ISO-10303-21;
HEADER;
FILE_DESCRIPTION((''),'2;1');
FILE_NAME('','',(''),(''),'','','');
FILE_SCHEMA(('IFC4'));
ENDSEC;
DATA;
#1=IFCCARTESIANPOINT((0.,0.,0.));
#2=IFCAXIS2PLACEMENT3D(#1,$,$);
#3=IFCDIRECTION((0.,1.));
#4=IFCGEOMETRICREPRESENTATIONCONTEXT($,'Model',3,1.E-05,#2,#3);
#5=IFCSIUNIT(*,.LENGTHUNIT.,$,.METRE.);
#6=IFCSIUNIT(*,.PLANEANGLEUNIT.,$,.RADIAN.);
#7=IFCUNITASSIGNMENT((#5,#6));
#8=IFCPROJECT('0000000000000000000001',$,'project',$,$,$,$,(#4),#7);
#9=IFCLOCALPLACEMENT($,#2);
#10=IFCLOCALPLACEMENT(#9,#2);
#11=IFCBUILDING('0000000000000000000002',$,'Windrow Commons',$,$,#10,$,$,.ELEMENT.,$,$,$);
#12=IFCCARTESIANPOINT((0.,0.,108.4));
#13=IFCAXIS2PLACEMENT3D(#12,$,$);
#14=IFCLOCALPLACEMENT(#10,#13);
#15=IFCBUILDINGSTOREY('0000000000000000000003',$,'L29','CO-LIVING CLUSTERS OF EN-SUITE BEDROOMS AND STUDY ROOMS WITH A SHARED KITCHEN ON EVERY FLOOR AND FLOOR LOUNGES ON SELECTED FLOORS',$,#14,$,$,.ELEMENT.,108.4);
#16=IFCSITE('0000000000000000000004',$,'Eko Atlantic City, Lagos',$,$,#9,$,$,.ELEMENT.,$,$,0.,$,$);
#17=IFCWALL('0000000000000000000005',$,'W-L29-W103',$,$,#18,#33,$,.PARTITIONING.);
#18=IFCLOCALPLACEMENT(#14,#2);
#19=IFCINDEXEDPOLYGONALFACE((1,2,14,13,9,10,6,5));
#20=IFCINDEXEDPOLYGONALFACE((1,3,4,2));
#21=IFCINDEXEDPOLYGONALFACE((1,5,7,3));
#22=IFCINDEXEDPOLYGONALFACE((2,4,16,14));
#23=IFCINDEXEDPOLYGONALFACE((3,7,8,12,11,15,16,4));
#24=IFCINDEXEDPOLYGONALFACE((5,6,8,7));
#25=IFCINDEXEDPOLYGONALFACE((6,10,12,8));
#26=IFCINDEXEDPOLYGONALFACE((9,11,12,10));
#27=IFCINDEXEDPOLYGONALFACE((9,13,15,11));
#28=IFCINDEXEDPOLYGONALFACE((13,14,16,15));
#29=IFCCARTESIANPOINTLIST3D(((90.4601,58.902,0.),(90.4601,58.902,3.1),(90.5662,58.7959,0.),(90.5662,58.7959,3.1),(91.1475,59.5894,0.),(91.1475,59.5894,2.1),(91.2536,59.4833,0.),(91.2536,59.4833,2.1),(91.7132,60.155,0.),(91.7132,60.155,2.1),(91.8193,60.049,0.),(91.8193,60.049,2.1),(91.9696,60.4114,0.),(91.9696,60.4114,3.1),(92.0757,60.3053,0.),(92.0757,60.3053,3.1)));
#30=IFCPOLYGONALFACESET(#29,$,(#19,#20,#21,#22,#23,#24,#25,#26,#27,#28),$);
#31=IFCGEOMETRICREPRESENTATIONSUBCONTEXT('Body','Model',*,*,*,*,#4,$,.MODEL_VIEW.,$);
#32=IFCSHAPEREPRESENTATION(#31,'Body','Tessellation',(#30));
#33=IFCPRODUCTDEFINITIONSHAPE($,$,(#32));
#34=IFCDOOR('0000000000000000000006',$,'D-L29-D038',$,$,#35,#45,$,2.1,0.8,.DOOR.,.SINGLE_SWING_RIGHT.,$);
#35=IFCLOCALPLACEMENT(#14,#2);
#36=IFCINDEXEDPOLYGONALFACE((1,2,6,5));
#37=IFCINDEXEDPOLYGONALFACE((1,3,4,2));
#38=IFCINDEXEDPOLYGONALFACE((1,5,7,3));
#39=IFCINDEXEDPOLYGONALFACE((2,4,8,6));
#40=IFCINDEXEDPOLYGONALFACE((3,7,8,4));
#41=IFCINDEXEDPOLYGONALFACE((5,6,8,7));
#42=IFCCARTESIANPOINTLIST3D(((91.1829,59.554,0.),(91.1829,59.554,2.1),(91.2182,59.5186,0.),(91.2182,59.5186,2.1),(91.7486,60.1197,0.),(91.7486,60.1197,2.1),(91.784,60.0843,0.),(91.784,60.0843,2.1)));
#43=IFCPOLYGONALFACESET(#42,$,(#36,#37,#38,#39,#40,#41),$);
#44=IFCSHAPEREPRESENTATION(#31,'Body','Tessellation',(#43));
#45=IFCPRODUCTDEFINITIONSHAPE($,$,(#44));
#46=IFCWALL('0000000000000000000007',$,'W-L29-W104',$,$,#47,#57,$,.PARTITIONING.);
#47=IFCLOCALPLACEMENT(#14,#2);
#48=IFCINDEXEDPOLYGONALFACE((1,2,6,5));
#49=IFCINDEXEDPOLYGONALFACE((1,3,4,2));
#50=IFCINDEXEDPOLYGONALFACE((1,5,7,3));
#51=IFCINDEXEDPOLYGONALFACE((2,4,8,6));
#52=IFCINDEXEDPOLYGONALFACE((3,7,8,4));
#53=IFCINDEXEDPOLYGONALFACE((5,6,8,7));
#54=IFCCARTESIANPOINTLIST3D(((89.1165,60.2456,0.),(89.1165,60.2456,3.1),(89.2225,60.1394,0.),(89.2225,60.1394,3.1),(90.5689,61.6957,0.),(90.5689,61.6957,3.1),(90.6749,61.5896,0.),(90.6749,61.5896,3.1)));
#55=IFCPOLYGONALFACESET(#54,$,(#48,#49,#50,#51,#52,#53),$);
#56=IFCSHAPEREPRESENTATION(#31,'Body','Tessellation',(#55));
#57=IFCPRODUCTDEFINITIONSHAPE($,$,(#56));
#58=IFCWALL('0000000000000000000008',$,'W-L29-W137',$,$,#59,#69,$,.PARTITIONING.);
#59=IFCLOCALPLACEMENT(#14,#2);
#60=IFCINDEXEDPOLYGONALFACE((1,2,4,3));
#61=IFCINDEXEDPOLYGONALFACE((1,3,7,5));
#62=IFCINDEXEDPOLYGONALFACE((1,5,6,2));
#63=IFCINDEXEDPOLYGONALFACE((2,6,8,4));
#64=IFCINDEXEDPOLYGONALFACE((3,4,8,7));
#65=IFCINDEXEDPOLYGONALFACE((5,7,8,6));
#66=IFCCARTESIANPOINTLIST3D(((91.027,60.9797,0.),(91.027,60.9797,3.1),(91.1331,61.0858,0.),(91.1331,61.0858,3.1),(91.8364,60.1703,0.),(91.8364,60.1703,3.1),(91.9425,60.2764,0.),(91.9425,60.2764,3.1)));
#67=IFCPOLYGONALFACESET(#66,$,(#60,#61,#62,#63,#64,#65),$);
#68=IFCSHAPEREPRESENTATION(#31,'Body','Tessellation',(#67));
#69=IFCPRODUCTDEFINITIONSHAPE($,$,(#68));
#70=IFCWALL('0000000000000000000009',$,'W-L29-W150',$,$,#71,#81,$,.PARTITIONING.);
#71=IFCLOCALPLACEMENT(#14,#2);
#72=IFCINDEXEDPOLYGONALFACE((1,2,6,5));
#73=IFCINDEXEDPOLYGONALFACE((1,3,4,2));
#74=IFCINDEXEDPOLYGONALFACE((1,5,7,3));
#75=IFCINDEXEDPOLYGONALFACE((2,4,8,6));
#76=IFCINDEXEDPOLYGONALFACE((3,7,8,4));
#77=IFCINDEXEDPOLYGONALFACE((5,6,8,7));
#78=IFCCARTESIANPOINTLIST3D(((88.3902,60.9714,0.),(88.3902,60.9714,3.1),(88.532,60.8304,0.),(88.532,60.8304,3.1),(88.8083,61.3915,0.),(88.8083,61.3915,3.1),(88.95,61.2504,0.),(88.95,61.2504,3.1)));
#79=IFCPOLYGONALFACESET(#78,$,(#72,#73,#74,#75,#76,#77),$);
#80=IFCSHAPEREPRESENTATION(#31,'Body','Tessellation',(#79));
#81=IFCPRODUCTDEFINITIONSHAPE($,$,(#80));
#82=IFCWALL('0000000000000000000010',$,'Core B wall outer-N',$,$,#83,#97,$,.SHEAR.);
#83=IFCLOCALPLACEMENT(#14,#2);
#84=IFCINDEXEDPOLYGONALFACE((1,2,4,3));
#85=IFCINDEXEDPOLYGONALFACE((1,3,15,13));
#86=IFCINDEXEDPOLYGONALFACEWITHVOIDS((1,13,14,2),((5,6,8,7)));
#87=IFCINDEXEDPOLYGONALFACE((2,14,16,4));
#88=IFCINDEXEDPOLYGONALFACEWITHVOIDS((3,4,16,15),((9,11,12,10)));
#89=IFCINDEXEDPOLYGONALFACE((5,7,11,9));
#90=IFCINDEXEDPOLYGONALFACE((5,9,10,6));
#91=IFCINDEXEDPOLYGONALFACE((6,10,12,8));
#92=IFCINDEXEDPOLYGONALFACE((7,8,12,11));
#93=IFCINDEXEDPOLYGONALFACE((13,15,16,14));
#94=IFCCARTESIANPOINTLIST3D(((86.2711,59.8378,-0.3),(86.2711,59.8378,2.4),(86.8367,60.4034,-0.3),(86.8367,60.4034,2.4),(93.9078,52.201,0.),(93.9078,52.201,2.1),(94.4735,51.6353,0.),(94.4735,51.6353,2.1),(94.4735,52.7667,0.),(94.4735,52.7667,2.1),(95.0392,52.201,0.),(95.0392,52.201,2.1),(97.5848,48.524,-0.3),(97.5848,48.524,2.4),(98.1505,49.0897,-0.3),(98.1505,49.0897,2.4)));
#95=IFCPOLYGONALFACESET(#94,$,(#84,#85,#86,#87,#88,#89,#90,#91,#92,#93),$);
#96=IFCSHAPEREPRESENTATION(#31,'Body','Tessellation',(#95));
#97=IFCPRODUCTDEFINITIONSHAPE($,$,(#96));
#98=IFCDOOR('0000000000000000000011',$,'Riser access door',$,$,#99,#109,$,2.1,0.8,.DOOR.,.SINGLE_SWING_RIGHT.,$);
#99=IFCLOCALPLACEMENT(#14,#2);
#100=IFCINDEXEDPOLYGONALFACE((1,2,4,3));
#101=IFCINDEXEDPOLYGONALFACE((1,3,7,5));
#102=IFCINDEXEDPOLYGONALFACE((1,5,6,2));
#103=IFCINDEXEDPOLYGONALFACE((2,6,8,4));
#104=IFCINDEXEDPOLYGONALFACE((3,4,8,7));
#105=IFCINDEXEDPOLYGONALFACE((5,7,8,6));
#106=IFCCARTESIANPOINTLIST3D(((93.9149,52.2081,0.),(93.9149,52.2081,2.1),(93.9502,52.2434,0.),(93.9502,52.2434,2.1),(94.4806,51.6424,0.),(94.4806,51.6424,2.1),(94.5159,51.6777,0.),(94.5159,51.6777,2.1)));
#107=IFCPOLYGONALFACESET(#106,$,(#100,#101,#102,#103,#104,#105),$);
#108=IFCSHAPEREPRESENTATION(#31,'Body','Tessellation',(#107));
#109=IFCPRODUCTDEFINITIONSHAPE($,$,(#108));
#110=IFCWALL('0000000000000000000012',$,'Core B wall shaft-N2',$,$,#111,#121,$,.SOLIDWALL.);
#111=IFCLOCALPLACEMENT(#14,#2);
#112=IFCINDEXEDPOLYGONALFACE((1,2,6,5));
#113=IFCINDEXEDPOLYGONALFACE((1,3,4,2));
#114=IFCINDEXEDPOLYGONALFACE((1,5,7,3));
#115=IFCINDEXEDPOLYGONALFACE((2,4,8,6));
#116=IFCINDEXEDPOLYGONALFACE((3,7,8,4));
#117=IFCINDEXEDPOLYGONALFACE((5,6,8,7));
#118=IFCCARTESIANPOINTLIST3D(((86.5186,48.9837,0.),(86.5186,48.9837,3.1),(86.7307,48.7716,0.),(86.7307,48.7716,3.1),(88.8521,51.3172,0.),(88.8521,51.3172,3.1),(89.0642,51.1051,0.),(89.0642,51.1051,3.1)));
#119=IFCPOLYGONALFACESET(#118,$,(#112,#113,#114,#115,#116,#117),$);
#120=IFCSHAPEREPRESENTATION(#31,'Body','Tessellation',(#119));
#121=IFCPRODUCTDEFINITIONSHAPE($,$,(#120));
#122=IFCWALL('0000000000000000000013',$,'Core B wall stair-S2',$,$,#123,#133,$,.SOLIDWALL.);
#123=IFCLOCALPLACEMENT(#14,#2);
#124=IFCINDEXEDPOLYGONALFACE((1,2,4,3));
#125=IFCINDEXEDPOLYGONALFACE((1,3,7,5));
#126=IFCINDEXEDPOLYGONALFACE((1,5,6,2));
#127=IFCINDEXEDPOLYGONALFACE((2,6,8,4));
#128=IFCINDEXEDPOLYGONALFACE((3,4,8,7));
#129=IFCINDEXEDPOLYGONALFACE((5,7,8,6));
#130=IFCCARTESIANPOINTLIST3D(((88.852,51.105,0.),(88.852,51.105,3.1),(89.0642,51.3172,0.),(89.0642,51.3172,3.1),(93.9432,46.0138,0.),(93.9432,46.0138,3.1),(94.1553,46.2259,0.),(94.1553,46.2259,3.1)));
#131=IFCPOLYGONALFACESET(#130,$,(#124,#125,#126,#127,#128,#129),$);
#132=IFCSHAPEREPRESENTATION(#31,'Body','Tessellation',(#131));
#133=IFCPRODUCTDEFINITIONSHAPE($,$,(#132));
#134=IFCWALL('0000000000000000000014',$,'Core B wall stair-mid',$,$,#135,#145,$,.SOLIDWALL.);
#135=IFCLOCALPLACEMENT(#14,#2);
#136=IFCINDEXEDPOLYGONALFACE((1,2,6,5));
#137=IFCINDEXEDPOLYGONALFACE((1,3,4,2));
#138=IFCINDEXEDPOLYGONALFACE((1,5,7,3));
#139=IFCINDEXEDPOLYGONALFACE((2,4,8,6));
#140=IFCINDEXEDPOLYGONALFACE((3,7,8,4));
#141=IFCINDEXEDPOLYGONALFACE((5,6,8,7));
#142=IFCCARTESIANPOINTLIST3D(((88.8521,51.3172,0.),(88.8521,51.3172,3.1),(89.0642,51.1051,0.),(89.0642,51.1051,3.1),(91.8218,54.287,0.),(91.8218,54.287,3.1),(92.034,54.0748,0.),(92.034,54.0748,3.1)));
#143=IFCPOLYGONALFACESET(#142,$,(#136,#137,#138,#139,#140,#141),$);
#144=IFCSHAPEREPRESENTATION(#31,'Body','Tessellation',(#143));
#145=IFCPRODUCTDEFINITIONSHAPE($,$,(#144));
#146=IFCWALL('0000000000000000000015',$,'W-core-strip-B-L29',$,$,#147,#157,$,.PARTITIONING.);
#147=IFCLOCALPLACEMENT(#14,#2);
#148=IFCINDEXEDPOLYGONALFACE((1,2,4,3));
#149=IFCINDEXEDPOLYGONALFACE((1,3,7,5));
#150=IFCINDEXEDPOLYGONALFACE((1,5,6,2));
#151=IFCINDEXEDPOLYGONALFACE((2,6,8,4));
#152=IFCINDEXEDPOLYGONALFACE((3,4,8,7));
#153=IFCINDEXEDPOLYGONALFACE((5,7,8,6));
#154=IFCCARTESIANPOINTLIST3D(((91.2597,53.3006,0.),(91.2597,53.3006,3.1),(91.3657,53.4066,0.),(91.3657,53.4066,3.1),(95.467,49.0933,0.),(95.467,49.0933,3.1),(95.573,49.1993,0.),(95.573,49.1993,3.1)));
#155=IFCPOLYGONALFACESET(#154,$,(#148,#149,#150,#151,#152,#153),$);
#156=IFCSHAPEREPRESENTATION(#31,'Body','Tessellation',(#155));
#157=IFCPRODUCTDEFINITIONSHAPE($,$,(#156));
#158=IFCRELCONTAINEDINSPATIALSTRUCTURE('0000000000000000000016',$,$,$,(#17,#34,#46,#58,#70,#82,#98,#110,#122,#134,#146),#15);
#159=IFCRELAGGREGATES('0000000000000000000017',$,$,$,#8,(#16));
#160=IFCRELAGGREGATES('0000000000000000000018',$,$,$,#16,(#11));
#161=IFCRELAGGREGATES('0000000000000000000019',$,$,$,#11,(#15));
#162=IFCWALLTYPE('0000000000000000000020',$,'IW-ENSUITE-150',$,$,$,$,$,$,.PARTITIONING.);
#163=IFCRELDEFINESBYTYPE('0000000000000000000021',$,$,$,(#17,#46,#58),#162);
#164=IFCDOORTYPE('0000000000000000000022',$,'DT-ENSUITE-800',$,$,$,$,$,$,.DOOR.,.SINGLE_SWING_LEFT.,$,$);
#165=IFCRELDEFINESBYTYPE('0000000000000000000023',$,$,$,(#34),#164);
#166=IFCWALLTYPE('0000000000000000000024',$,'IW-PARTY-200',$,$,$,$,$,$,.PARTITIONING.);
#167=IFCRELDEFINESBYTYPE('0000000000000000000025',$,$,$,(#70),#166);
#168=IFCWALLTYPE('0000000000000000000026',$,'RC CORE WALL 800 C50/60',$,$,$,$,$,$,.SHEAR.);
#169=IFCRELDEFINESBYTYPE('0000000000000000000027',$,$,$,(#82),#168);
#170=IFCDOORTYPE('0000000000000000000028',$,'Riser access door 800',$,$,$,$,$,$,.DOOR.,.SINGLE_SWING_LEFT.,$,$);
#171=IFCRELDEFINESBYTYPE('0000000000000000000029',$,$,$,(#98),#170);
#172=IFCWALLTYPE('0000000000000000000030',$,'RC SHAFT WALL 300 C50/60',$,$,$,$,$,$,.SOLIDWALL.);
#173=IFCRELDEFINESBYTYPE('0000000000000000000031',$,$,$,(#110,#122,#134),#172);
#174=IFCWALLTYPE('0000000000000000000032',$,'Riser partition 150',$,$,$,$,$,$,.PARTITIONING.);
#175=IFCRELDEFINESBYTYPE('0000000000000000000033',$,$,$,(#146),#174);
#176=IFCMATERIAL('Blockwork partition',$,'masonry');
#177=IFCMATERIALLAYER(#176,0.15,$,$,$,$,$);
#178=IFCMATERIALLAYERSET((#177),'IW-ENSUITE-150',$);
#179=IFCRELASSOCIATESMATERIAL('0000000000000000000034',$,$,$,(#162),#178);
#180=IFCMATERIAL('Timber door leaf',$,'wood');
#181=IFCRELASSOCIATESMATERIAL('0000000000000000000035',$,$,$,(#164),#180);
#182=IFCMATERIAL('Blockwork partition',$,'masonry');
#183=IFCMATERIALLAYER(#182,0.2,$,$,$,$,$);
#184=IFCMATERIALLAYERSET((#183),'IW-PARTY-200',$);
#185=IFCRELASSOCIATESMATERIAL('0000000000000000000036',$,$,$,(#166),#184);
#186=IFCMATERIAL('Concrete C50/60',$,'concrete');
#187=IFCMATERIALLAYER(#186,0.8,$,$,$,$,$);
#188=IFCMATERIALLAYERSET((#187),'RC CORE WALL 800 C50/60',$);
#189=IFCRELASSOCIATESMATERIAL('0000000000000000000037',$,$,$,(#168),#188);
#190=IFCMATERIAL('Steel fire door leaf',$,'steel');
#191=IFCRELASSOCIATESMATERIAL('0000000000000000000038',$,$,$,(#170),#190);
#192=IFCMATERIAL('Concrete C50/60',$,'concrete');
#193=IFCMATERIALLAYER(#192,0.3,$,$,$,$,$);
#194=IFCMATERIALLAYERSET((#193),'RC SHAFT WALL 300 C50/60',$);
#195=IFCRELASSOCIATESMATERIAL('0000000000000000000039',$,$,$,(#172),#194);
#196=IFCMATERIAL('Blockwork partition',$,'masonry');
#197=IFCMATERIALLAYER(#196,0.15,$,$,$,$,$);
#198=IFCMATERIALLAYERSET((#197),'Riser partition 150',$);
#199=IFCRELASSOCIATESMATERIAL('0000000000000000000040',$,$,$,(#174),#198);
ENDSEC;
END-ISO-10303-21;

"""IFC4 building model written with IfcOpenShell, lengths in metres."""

from ifc_helpers import new_model, si_unit, direction, frame, frame_2d, origin, place, context, subcontext, project, spatial, rectangle, extrude, material, layer, layer_set, type_object, element, fill, save


model = new_model("IFC4")

# Units and contexts
model_context = context("Model", 3, precision=1e-05, world=origin(), true_north=direction((0.0, 1.0)))
body_context = subcontext(model_context, "Body", "Model", "MODEL_VIEW")
ifc_project = project(units=[si_unit("LENGTHUNIT", "METRE"), si_unit("PLANEANGLEUNIT", "RADIAN")], contexts=[model_context])

# Site, building, storey
site_placement = place(None, origin())
site = spatial("IfcSite", under=ifc_project, at=site_placement, Name="Eko Atlantic City, Lagos", CompositionType="ELEMENT", RefElevation=0.0)
building_placement = place(site_placement, origin())
building = spatial("IfcBuilding", under=site, at=building_placement, Name="Windrow Commons", CompositionType="ELEMENT")
storey_placement = place(building_placement, frame((0.0, 0.0, 108.4)))
storey = spatial("IfcBuildingStorey", under=building, at=storey_placement, Name="L29", Description="CO-LIVING CLUSTERS OF EN-SUITE BEDROOMS AND STUDY ROOMS WITH A SHARED KITCHEN ON EVERY FLOOR AND FLOOR LOUNGES ON SELECTED FLOORS", CompositionType="ELEMENT", Elevation=108.4)

# Wall, opening, door
ifc_material_1 = material(Name="Blockwork partition", Category="masonry")
ifc_layer_1 = layer(ifc_material_1, 0.15)
ifc_layer_set_1 = layer_set([ifc_layer_1], Name="IW-ENSUITE-150")
wall_type_1 = type_object("IfcWallType", Name="IW-ENSUITE-150", PredefinedType="PARTITIONING", material=ifc_layer_set_1)
wall_1_placement = place(storey_placement, frame((90.5131, 58.8489, 0.0), z_axis=(0.0, 0.0, 1.0), x_axis=(0.70713, 0.707083, 0.0)))
wall_1 = element("IfcWall", 1, at=wall_1_placement, inside=storey, type_object=wall_type_1, Name="W-L29-W103", PredefinedType="PARTITIONING", context=body_context, shape_type="SweptSolid", body=[
    extrude(rectangle(XDim=2.1347, YDim=0.15, at=frame_2d((1.0674, 0.0))), origin(), (0.0, 0.0, 1.0), 3.1),
])
opening_1_placement = place(wall_1_placement, frame((0.9722, 0.0, 0.0)))
opening_1 = element("IfcOpeningElement", 2, at=opening_1_placement, cuts=wall_1, PredefinedType="OPENING", context=body_context, shape_type="SweptSolid", body=[
    extrude(rectangle(XDim=0.8, YDim=2.1, at=frame_2d((0.4, 1.05))), frame((0.0, 0.085, 0.0), z_axis=(0.0, -1.0, 0.0), x_axis=(1.0, 0.0, 0.0)), (0.0, 0.0, 1.0), 0.17),
])
ifc_material_2 = material(Name="Timber door leaf", Category="wood")
door_type_1 = type_object("IfcDoorType", Name="DT-ENSUITE-800", OperationType="SINGLE_SWING_LEFT", PredefinedType="DOOR", material=ifc_material_2)
door_1_placement = place(opening_1_placement, origin())
door_1 = element("IfcDoor", 3, at=door_1_placement, inside=storey, type_object=door_type_1, Name="D-L29-D038", OperationType="SINGLE_SWING_RIGHT", OverallHeight=2.1, OverallWidth=0.8, PredefinedType="DOOR", context=body_context, shape_type="SweptSolid", body=[
    extrude(rectangle(XDim=0.8, YDim=2.1, at=frame_2d((0.4, 1.05))), frame((0.0, 0.025, 0.0), z_axis=(0.0, -1.0, 0.0), x_axis=(1.0, 0.0, 0.0)), (0.0, 0.0, 1.0), 0.05),
])
fill(opening_1, door_1)

# Walls
wall_2_placement = place(storey_placement, frame((89.1695, 60.1925, 0.0), z_axis=(0.0, 0.0, 1.0), x_axis=(0.707643, 0.706571, 0.0)))
element("IfcWall", 4, at=wall_2_placement, inside=storey, type_object=wall_type_1, Name="W-L29-W104", PredefinedType="PARTITIONING", context=body_context, shape_type="SweptSolid", body=[
    extrude(rectangle(XDim=2.0524, YDim=0.15, at=frame_2d((1.0262, 0.0))), origin(), (0.0, 0.0, 1.0), 3.1),
])
wall_3_placement = place(storey_placement, frame((91.08, 61.0328, 0.0), z_axis=(0.0, 0.0, 1.0), x_axis=(0.707107, -0.707107, 0.0)))
element("IfcWall", 5, at=wall_3_placement, inside=storey, type_object=wall_type_1, Name="W-L29-W137", PredefinedType="PARTITIONING", context=body_context, shape_type="SweptSolid", body=[
    extrude(rectangle(XDim=1.1447, YDim=0.15, at=frame_2d((0.5724, 0.0))), origin(), (0.0, 0.0, 1.0), 3.1),
])
ifc_material_3 = material(Name="Blockwork partition", Category="masonry")
ifc_layer_2 = layer(ifc_material_3, 0.2)
ifc_layer_set_2 = layer_set([ifc_layer_2], Name="IW-PARTY-200")
wall_type_2 = type_object("IfcWallType", Name="IW-PARTY-200", PredefinedType="PARTITIONING", material=ifc_layer_set_2)
wall_4_placement = place(storey_placement, frame((88.4611, 60.9009, 0.0), z_axis=(0.0, 0.0, 1.0), x_axis=(0.705417, 0.708792, 0.0)))
element("IfcWall", 6, at=wall_4_placement, inside=storey, type_object=wall_type_2, Name="W-L29-W150", PredefinedType="PARTITIONING", context=body_context, shape_type="SweptSolid", body=[
    extrude(rectangle(XDim=0.5926, YDim=0.2, at=frame_2d((0.2963, 0.0))), origin(), (0.0, 0.0, 1.0), 3.1),
])

# Wall, opening, door
ifc_material_4 = material(Name="Concrete C50/60", Category="concrete")
ifc_layer_3 = layer(ifc_material_4, 0.8)
ifc_layer_set_3 = layer_set([ifc_layer_3], Name="RC CORE WALL 800 C50/60")
wall_type_3 = type_object("IfcWallType", Name="RC CORE WALL 800 C50/60", PredefinedType="SHEAR", material=ifc_layer_set_3)
wall_5_placement = place(storey_placement, frame((86.5539, 60.1206, -0.3), z_axis=(0.0, 0.0, 1.0), x_axis=(0.707107, -0.707107, 0.0)))
wall_5 = element("IfcWall", 7, at=wall_5_placement, inside=storey, type_object=wall_type_3, Name="Core B wall outer-N", PredefinedType="SHEAR", context=body_context, shape_type="SweptSolid", body=[
    extrude(rectangle(XDim=16.0, YDim=0.8, at=frame_2d((8.0, 0.0))), origin(), (0.0, 0.0, 1.0), 2.7),
])
opening_2_placement = place(wall_5_placement, frame((10.8, 0.0, 0.3)))
opening_2 = element("IfcOpeningElement", 8, at=opening_2_placement, cuts=wall_5, PredefinedType="OPENING", context=body_context, shape_type="SweptSolid", body=[
    extrude(rectangle(XDim=0.8, YDim=2.1, at=frame_2d((0.4, 1.05))), frame((0.0, 0.41, 0.0), z_axis=(0.0, -1.0, 0.0), x_axis=(1.0, 0.0, 0.0)), (0.0, 0.0, 1.0), 0.82),
])
ifc_material_5 = material(Name="Steel fire door leaf", Category="steel")
door_type_2 = type_object("IfcDoorType", Name="Riser access door 800", OperationType="SINGLE_SWING_LEFT", PredefinedType="DOOR", material=ifc_material_5)
door_2_placement = place(opening_2_placement, origin())
door_2 = element("IfcDoor", 9, at=door_2_placement, inside=storey, type_object=door_type_2, Name="Riser access door", OperationType="SINGLE_SWING_RIGHT", OverallHeight=2.1, OverallWidth=0.8, PredefinedType="DOOR", context=body_context, shape_type="SweptSolid", body=[
    extrude(rectangle(XDim=0.8, YDim=2.1, at=frame_2d((0.4, 1.05))), frame((0.0, -0.34, 0.0), z_axis=(0.0, -1.0, 0.0), x_axis=(1.0, 0.0, 0.0)), (0.0, 0.0, 1.0), 0.05),
])
fill(opening_2, door_2)

# Walls
ifc_material_6 = material(Name="Concrete C50/60", Category="concrete")
ifc_layer_4 = layer(ifc_material_6, 0.3)
ifc_layer_set_4 = layer_set([ifc_layer_4], Name="RC SHAFT WALL 300 C50/60")
wall_type_4 = type_object("IfcWallType", Name="RC SHAFT WALL 300 C50/60", PredefinedType="SOLIDWALL", material=ifc_layer_set_4)
wall_6_placement = place(storey_placement, frame((86.6246, 48.8776, 0.0), z_axis=(0.0, 0.0, 1.0), x_axis=(0.707107, 0.707107, 0.0)))
element("IfcWall", 10, at=wall_6_placement, inside=storey, type_object=wall_type_4, Name="Core B wall shaft-N2", PredefinedType="SOLIDWALL", context=body_context, shape_type="SweptSolid", body=[
    extrude(rectangle(XDim=3.3001, YDim=0.3, at=frame_2d((1.6501, 0.0))), origin(), (0.0, 0.0, 1.0), 3.1),
])
wall_7_placement = place(storey_placement, frame((88.9581, 51.2111, 0.0), z_axis=(0.0, 0.0, 1.0), x_axis=(0.7071, -0.707114, 0.0)))
element("IfcWall", 11, at=wall_7_placement, inside=storey, type_object=wall_type_4, Name="Core B wall stair-S2", PredefinedType="SOLIDWALL", context=body_context, shape_type="SweptSolid", body=[
    extrude(rectangle(XDim=7.2, YDim=0.3, at=frame_2d((3.6, 0.0))), origin(), (0.0, 0.0, 1.0), 3.1),
])
wall_8_placement = place(storey_placement, frame((88.9581, 51.2111, 0.0), z_axis=(0.0, 0.0, 1.0), x_axis=(0.707107, 0.707107, 0.0)))
element("IfcWall", 12, at=wall_8_placement, inside=storey, type_object=wall_type_4, Name="Core B wall stair-mid", PredefinedType="SOLIDWALL", context=body_context, shape_type="SweptSolid", body=[
    extrude(rectangle(XDim=4.1999, YDim=0.3, at=frame_2d((2.1, 0.0))), origin(), (0.0, 0.0, 1.0), 3.1),
])
ifc_material_7 = material(Name="Blockwork partition", Category="masonry")
ifc_layer_5 = layer(ifc_material_7, 0.15)
ifc_layer_set_5 = layer_set([ifc_layer_5], Name="Riser partition 150")
wall_type_5 = type_object("IfcWallType", Name="Riser partition 150", PredefinedType="PARTITIONING", material=ifc_layer_set_5)
wall_9_placement = place(storey_placement, frame((91.3127, 53.3536, 0.0), z_axis=(0.0, 0.0, 1.0), x_axis=(0.707107, -0.707107, 0.0)))
element("IfcWall", 13, at=wall_9_placement, inside=storey, type_object=wall_type_5, Name="W-core-strip-B-L29", PredefinedType="PARTITIONING", context=body_context, shape_type="SweptSolid", body=[
    extrude(rectangle(XDim=5.95, YDim=0.15, at=frame_2d((2.975, 0.0))), origin(), (0.0, 0.0, 1.0), 3.1),
])

save(model, "model.ifc")
